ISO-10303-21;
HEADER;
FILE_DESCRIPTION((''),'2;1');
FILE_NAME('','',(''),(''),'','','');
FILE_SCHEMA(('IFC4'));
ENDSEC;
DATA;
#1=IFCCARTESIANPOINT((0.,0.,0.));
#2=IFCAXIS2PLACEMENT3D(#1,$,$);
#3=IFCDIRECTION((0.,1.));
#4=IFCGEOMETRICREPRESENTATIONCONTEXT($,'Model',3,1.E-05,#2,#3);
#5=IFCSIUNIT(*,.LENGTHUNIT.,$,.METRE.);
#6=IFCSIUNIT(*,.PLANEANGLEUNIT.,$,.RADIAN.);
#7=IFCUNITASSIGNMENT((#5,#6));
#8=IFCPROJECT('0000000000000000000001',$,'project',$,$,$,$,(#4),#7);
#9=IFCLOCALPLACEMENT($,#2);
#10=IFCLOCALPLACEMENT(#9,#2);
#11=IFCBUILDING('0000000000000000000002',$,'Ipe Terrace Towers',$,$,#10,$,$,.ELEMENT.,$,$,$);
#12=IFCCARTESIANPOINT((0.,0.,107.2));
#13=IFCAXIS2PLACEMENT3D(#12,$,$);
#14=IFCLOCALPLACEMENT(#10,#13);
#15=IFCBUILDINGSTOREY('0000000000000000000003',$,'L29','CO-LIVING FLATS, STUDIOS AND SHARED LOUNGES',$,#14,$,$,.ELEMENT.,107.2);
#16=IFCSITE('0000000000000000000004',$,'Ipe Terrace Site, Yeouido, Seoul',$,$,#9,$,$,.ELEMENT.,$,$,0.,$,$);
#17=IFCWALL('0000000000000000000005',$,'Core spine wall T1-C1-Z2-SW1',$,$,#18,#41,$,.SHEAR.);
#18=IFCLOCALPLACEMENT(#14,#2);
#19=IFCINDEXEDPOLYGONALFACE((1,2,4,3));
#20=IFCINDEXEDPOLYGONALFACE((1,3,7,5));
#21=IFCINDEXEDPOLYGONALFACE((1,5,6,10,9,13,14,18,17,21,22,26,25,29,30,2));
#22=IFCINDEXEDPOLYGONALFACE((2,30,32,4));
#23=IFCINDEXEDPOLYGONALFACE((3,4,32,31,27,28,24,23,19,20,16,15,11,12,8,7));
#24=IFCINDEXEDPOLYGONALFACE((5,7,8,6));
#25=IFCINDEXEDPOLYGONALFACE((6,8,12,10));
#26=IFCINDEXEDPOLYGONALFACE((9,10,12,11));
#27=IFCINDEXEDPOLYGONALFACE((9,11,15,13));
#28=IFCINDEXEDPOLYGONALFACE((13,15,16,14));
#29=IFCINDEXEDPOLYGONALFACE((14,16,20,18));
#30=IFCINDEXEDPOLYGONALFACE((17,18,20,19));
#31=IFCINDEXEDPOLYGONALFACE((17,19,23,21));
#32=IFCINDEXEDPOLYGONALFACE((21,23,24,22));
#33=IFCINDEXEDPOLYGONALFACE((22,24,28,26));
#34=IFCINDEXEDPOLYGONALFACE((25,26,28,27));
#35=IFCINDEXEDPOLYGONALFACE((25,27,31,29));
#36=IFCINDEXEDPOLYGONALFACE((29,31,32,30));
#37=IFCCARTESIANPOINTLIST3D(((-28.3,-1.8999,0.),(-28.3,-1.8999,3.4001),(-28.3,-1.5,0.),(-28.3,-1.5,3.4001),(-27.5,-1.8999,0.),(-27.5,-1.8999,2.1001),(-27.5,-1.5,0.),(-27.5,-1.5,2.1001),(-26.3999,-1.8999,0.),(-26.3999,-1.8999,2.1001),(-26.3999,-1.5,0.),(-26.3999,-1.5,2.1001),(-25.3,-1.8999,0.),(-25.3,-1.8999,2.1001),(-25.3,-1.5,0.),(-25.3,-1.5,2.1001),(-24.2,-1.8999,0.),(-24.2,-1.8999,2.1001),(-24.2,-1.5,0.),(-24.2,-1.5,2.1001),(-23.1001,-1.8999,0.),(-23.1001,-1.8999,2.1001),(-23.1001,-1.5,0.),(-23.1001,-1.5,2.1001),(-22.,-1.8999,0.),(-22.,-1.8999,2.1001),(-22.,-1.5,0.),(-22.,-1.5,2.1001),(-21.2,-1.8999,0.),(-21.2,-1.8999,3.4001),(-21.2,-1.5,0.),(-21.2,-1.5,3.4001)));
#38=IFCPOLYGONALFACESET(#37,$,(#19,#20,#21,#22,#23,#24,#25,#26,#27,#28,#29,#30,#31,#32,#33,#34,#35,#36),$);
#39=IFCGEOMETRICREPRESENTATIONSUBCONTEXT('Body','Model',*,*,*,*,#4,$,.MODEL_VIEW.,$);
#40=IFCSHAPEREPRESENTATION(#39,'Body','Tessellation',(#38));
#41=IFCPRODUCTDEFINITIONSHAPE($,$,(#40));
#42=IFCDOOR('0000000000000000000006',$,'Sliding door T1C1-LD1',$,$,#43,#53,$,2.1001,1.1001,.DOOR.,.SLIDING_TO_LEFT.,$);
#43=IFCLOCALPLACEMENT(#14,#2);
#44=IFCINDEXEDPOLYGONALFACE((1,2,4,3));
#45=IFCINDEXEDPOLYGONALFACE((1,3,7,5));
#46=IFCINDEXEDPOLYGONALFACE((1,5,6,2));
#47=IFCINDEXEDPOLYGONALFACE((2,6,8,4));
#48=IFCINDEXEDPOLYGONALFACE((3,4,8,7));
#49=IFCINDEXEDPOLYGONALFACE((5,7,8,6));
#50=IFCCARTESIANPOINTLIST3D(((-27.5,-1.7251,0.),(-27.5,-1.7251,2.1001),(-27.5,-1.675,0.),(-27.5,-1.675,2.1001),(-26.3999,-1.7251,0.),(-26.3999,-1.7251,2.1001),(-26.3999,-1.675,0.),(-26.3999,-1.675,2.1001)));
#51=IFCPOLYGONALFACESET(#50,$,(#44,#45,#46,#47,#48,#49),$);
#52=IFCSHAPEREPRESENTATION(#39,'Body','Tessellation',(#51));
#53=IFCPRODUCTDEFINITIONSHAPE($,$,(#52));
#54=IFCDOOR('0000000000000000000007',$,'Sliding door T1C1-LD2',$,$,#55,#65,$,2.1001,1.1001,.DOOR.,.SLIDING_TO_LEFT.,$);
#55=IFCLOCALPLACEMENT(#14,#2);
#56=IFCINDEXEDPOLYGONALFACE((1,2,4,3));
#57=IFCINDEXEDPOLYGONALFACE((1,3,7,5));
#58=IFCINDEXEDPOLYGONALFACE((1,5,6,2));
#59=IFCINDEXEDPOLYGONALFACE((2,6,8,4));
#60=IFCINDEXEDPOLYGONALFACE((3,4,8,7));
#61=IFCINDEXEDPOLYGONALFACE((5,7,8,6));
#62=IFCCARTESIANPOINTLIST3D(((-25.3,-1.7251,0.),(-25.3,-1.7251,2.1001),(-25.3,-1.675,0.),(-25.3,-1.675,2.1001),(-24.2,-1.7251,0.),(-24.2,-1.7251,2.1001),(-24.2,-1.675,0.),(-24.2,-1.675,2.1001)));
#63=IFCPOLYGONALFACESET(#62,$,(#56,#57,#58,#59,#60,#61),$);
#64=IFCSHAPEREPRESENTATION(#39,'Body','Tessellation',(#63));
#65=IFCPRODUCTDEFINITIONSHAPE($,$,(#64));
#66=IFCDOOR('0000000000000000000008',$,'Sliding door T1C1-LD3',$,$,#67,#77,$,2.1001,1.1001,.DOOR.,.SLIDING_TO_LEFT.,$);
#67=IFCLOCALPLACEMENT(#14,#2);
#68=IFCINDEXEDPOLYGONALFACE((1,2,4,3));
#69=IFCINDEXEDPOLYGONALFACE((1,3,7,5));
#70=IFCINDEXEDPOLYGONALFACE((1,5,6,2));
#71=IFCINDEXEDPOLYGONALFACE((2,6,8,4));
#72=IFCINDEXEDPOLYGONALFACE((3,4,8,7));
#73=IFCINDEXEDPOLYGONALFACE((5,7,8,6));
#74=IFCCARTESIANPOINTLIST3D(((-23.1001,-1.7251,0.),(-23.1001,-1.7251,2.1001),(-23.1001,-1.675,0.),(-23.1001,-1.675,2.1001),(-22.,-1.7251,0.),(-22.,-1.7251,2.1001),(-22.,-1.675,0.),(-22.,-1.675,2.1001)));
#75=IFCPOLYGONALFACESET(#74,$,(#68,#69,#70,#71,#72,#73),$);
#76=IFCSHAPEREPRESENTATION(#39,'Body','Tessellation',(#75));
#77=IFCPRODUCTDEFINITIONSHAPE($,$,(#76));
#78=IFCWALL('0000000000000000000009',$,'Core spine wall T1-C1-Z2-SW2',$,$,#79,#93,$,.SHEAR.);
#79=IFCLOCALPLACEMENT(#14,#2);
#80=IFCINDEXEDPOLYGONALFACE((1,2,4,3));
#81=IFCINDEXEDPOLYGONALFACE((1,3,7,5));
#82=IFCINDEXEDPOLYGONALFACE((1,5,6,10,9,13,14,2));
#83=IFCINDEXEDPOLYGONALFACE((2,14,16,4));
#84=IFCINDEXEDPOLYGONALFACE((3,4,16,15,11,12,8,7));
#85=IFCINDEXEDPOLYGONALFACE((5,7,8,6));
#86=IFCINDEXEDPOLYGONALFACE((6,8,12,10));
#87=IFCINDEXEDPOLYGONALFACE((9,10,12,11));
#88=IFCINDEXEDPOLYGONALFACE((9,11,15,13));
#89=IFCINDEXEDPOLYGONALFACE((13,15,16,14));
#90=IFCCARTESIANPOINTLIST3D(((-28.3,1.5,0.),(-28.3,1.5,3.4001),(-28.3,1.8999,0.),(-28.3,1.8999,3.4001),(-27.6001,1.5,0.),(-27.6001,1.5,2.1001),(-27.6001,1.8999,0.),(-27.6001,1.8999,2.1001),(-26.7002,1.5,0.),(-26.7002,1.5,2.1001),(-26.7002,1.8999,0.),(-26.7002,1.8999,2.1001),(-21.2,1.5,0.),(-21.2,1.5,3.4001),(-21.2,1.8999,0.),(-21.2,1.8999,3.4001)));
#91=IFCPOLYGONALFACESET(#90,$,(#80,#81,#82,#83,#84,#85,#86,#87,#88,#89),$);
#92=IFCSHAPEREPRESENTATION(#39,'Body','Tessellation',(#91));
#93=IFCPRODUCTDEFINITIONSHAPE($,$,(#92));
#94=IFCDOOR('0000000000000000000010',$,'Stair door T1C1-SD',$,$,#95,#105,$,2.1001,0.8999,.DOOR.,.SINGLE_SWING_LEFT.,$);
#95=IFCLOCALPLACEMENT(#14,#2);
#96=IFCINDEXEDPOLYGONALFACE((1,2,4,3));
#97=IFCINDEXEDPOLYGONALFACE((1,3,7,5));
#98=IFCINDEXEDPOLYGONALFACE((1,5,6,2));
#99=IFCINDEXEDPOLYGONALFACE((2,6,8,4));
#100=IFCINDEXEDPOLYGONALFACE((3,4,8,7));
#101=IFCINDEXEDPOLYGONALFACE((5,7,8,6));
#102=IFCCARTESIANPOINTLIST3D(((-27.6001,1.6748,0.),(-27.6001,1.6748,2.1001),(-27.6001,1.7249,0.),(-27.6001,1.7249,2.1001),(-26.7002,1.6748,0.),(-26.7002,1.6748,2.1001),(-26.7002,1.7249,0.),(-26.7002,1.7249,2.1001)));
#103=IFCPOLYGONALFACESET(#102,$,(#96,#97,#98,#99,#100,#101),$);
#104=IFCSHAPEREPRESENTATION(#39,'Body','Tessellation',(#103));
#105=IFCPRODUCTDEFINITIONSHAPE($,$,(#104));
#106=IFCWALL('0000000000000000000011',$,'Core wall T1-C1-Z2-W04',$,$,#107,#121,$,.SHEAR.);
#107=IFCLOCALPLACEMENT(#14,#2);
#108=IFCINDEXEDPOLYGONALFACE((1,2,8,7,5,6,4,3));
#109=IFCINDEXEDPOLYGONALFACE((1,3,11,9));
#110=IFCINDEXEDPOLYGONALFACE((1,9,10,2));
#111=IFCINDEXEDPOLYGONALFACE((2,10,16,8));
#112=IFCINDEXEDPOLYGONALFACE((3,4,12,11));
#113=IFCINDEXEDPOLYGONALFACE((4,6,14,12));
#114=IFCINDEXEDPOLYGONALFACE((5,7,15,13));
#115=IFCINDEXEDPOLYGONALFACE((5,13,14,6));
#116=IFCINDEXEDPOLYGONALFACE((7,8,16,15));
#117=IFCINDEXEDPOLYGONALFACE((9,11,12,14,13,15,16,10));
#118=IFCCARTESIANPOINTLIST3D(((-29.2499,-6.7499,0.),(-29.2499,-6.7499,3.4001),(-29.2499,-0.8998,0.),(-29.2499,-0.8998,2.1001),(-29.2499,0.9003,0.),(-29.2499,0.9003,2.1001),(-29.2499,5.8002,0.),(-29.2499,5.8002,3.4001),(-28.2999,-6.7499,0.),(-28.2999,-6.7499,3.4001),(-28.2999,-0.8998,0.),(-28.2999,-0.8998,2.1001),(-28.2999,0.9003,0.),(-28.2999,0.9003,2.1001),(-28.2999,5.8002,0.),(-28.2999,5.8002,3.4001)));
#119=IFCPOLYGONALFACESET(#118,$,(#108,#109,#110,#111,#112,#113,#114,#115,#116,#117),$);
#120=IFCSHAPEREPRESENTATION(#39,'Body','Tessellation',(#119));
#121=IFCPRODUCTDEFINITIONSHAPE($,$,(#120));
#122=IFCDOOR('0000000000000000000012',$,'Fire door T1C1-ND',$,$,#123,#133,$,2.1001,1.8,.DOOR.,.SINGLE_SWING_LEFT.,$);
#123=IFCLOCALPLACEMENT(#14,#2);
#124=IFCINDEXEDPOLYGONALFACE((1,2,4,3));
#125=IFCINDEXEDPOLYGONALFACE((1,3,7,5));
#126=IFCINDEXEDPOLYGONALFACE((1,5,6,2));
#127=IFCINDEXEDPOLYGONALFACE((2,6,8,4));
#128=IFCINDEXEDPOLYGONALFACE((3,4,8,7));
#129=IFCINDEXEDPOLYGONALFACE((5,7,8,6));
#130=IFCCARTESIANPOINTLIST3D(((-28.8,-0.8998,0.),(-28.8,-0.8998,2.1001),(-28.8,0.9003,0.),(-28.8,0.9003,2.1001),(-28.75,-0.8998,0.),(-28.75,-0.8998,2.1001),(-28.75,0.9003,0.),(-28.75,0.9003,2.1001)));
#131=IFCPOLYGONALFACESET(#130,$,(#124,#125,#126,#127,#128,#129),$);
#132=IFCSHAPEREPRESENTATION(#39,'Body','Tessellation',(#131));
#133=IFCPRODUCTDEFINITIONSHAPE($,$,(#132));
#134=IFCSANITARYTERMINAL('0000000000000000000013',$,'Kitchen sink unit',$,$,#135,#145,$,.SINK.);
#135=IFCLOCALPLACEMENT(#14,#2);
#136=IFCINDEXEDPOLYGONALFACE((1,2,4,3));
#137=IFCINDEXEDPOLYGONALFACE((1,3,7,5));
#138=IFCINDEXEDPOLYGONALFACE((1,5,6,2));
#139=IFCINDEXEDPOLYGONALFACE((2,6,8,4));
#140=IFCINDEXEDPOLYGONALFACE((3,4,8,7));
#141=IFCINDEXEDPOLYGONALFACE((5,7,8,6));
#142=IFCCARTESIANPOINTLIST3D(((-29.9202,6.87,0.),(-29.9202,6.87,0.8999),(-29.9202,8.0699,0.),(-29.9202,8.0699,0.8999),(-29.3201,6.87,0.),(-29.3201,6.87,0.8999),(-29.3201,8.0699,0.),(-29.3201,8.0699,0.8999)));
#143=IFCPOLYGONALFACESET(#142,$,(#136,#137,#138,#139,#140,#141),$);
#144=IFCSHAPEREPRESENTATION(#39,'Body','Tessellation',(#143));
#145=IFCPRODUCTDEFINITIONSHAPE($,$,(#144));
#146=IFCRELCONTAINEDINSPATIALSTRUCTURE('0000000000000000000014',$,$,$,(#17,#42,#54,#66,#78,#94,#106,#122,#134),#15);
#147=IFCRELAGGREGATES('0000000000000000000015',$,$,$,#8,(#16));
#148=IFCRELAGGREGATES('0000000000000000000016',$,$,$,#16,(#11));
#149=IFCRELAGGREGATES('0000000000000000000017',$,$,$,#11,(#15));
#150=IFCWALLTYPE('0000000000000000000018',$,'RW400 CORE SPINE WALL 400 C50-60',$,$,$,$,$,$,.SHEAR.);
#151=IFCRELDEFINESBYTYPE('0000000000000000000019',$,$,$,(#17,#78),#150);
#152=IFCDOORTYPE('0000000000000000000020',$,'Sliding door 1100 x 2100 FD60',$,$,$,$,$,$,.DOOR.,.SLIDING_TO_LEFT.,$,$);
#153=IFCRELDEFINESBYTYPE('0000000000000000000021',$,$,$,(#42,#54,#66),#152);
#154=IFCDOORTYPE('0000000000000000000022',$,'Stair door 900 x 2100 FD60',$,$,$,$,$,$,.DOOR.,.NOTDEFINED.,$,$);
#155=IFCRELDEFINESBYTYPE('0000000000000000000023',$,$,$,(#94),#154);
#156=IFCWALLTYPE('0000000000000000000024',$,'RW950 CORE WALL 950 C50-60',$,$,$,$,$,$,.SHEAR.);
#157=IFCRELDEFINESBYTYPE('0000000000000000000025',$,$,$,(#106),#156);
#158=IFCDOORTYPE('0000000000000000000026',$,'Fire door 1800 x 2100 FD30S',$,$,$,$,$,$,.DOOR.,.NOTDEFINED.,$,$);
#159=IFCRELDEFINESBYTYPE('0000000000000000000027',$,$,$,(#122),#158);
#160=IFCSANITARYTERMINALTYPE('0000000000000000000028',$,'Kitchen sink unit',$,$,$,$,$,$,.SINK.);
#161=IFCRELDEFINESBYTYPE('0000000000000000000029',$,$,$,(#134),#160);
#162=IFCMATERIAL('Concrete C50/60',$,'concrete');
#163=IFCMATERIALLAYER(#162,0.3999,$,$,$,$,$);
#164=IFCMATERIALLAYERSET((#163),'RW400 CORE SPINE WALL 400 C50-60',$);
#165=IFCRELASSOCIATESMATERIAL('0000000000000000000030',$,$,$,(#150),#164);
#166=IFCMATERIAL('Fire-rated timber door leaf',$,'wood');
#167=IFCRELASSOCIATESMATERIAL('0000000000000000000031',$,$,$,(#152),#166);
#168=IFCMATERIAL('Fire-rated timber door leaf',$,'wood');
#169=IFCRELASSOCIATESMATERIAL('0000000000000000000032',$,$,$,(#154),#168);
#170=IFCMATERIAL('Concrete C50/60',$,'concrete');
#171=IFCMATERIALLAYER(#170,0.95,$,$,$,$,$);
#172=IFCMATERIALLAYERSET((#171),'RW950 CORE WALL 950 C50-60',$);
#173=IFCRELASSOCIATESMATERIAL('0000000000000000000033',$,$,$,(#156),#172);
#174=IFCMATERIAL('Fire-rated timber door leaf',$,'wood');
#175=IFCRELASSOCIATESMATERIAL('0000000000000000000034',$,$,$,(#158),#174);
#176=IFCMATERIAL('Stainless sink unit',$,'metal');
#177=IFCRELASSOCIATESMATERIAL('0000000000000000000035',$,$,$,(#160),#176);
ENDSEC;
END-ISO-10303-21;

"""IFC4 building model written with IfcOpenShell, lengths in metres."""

from ifc_helpers import new_model, si_unit, direction, frame, frame_2d, origin, origin_2d, place, context, subcontext, project, spatial, rectangle, extrude, material, layer, layer_set, type_object, element, fill, save


model = new_model("IFC4")

# Units and contexts
model_context = context("Model", 3, precision=1e-05, world=origin(), true_north=direction((0.0, 1.0)))
body_context = subcontext(model_context, "Body", "Model", "MODEL_VIEW")
ifc_project = project(units=[si_unit("LENGTHUNIT", "METRE"), si_unit("PLANEANGLEUNIT", "RADIAN")], contexts=[model_context])

# Site, building, storey
site_placement = place(None, origin())
site = spatial("IfcSite", under=ifc_project, at=site_placement, Name="Ipe Terrace Site, Yeouido, Seoul", CompositionType="ELEMENT", RefElevation=0.0)
building_placement = place(site_placement, origin())
building = spatial("IfcBuilding", under=site, at=building_placement, Name="Ipe Terrace Towers", CompositionType="ELEMENT")
storey_placement = place(building_placement, frame((0.0, 0.0, 107.2)))
storey = spatial("IfcBuildingStorey", under=building, at=storey_placement, Name="L29", Description="CO-LIVING FLATS, STUDIOS AND SHARED LOUNGES", CompositionType="ELEMENT", Elevation=107.2)

# Wall, openings, doors
ifc_material_1 = material(Name="Concrete C50/60", Category="concrete")
ifc_layer_1 = layer(ifc_material_1, 0.3999)
ifc_layer_set_1 = layer_set([ifc_layer_1], Name="RW400 CORE SPINE WALL 400 C50-60")
wall_type_1 = type_object("IfcWallType", Name="RW400 CORE SPINE WALL 400 C50-60", PredefinedType="SHEAR", material=ifc_layer_set_1)
wall_1_placement = place(storey_placement, frame((-28.3, -1.7, 0.0), z_axis=(0.0, 0.0, 1.0), x_axis=(1.0, 0.0, 0.0)))
wall_1 = element("IfcWall", 1, at=wall_1_placement, inside=storey, type_object=wall_type_1, Name="Core spine wall T1-C1-Z2-SW1", PredefinedType="SHEAR", context=body_context, shape_type="SweptSolid", body=[
    extrude(rectangle(XDim=7.1001, YDim=0.3999, at=frame_2d((3.55, 0.0))), origin(), (0.0, 0.0, 1.0), 3.4001),
])
opening_1_placement = place(wall_1_placement, frame((0.8, 0.0, 0.0)))
opening_1 = element("IfcOpeningElement", 2, at=opening_1_placement, cuts=wall_1, PredefinedType="OPENING", context=body_context, shape_type="SweptSolid", body=[
    extrude(rectangle(XDim=1.1001, YDim=2.1001, at=frame_2d((0.55, 1.05))), frame((0.0, 0.21, 0.0), z_axis=(0.0, -1.0, 0.0), x_axis=(1.0, 0.0, 0.0)), (0.0, 0.0, 1.0), 0.4199),
])
opening_2_placement = place(wall_1_placement, frame((3.0, 0.0, 0.0)))
opening_2 = element("IfcOpeningElement", 3, at=opening_2_placement, cuts=wall_1, PredefinedType="OPENING", context=body_context, shape_type="SweptSolid", body=[
    extrude(rectangle(XDim=1.1001, YDim=2.1001, at=frame_2d((0.55, 1.05))), frame((0.0, 0.21, 0.0), z_axis=(0.0, -1.0, 0.0), x_axis=(1.0, 0.0, 0.0)), (0.0, 0.0, 1.0), 0.4199),
])
opening_3_placement = place(wall_1_placement, frame((5.2, 0.0, 0.0)))
opening_3 = element("IfcOpeningElement", 4, at=opening_3_placement, cuts=wall_1, PredefinedType="OPENING", context=body_context, shape_type="SweptSolid", body=[
    extrude(rectangle(XDim=1.1001, YDim=2.1001, at=frame_2d((0.55, 1.05))), frame((0.0, 0.21, 0.0), z_axis=(0.0, -1.0, 0.0), x_axis=(1.0, 0.0, 0.0)), (0.0, 0.0, 1.0), 0.4199),
])
ifc_material_2 = material(Name="Fire-rated timber door leaf", Category="wood")
door_type_1 = type_object("IfcDoorType", Name="Sliding door 1100 x 2100 FD60", OperationType="SLIDING_TO_LEFT", PredefinedType="DOOR", material=ifc_material_2)
door_1_placement = place(opening_1_placement, origin())
door_1 = element("IfcDoor", 5, at=door_1_placement, inside=storey, type_object=door_type_1, Name="Sliding door T1C1-LD1", OperationType="SLIDING_TO_LEFT", OverallHeight=2.1001, OverallWidth=1.1001, PredefinedType="DOOR", context=body_context, shape_type="SweptSolid", body=[
    extrude(rectangle(XDim=1.1001, YDim=2.1001, at=frame_2d((0.55, 1.05))), frame((0.0, 0.0249, 0.0), z_axis=(0.0, -1.0, 0.0), x_axis=(1.0, 0.0, 0.0)), (0.0, 0.0, 1.0), 0.05),
])
fill(opening_1, door_1)
door_2_placement = place(opening_2_placement, origin())
door_2 = element("IfcDoor", 6, at=door_2_placement, inside=storey, type_object=door_type_1, Name="Sliding door T1C1-LD2", OperationType="SLIDING_TO_LEFT", OverallHeight=2.1001, OverallWidth=1.1001, PredefinedType="DOOR", context=body_context, shape_type="SweptSolid", body=[
    extrude(rectangle(XDim=1.1001, YDim=2.1001, at=frame_2d((0.55, 1.05))), frame((0.0, 0.0249, 0.0), z_axis=(0.0, -1.0, 0.0), x_axis=(1.0, 0.0, 0.0)), (0.0, 0.0, 1.0), 0.05),
])
fill(opening_2, door_2)
door_3_placement = place(opening_3_placement, origin())
door_3 = element("IfcDoor", 7, at=door_3_placement, inside=storey, type_object=door_type_1, Name="Sliding door T1C1-LD3", OperationType="SLIDING_TO_LEFT", OverallHeight=2.1001, OverallWidth=1.1001, PredefinedType="DOOR", context=body_context, shape_type="SweptSolid", body=[
    extrude(rectangle(XDim=1.1001, YDim=2.1001, at=frame_2d((0.55, 1.05))), frame((0.0, 0.0249, 0.0), z_axis=(0.0, -1.0, 0.0), x_axis=(1.0, 0.0, 0.0)), (0.0, 0.0, 1.0), 0.05),
])
fill(opening_3, door_3)

# Walls, openings, doors
wall_2_placement = place(storey_placement, frame((-28.3, 1.7, 0.0), z_axis=(0.0, 0.0, 1.0), x_axis=(1.0, 0.0, 0.0)))
wall_2 = element("IfcWall", 8, at=wall_2_placement, inside=storey, type_object=wall_type_1, Name="Core spine wall T1-C1-Z2-SW2", PredefinedType="SHEAR", context=body_context, shape_type="SweptSolid", body=[
    extrude(rectangle(XDim=7.1001, YDim=0.3999, at=frame_2d((3.55, 0.0))), origin(), (0.0, 0.0, 1.0), 3.4001),
])
opening_4_placement = place(wall_2_placement, frame((0.7, 0.0, 0.0)))
opening_4 = element("IfcOpeningElement", 9, at=opening_4_placement, cuts=wall_2, PredefinedType="OPENING", context=body_context, shape_type="SweptSolid", body=[
    extrude(rectangle(XDim=0.8999, YDim=2.1001, at=frame_2d((0.45, 1.05))), frame((0.0, 0.21, 0.0), z_axis=(0.0, -1.0, 0.0), x_axis=(1.0, 0.0, 0.0)), (0.0, 0.0, 1.0), 0.4199),
])
ifc_material_3 = material(Name="Fire-rated timber door leaf", Category="wood")
door_type_2 = type_object("IfcDoorType", Name="Stair door 900 x 2100 FD60", OperationType="NOTDEFINED", PredefinedType="DOOR", material=ifc_material_3)
door_4_placement = place(opening_4_placement, origin())
door_4 = element("IfcDoor", 10, at=door_4_placement, inside=storey, type_object=door_type_2, Name="Stair door T1C1-SD", OperationType="SINGLE_SWING_LEFT", OverallHeight=2.1001, OverallWidth=0.8999, PredefinedType="DOOR", context=body_context, shape_type="SweptSolid", body=[
    extrude(rectangle(XDim=0.8999, YDim=2.1001, at=frame_2d((0.45, 1.05))), frame((0.0, 0.0249, 0.0), z_axis=(0.0, -1.0, 0.0), x_axis=(1.0, 0.0, 0.0)), (0.0, 0.0, 1.0), 0.05),
])
fill(opening_4, door_4)
ifc_material_4 = material(Name="Concrete C50/60", Category="concrete")
ifc_layer_2 = layer(ifc_material_4, 0.95)
ifc_layer_set_2 = layer_set([ifc_layer_2], Name="RW950 CORE WALL 950 C50-60")
wall_type_2 = type_object("IfcWallType", Name="RW950 CORE WALL 950 C50-60", PredefinedType="SHEAR", material=ifc_layer_set_2)
wall_3_placement = place(storey_placement, frame((-28.7749, 5.8, 0.0), z_axis=(0.0, 0.0, 1.0), x_axis=(0.0, -1.0, 0.0)))
wall_3 = element("IfcWall", 11, at=wall_3_placement, inside=storey, type_object=wall_type_2, Name="Core wall T1-C1-Z2-W04", PredefinedType="SHEAR", context=body_context, shape_type="SweptSolid", body=[
    extrude(rectangle(XDim=12.55, YDim=0.95, at=frame_2d((6.2749, 0.0))), origin(), (0.0, 0.0, 1.0), 3.4001),
])
opening_5_placement = place(wall_3_placement, frame((4.8999, 0.0, 0.0)))
opening_5 = element("IfcOpeningElement", 12, at=opening_5_placement, cuts=wall_3, PredefinedType="OPENING", context=body_context, shape_type="SweptSolid", body=[
    extrude(rectangle(XDim=1.8, YDim=2.1001, at=frame_2d((0.8999, 1.05))), frame((0.0, 0.4849, 0.0), z_axis=(0.0, -1.0, 0.0), x_axis=(1.0, 0.0, 0.0)), (0.0, 0.0, 1.0), 0.97),
])
ifc_material_5 = material(Name="Fire-rated timber door leaf", Category="wood")
door_type_3 = type_object("IfcDoorType", Name="Fire door 1800 x 2100 FD30S", OperationType="NOTDEFINED", PredefinedType="DOOR", material=ifc_material_5)
door_5_placement = place(opening_5_placement, origin())
door_5 = element("IfcDoor", 13, at=door_5_placement, inside=storey, type_object=door_type_3, Name="Fire door T1C1-ND", OperationType="SINGLE_SWING_LEFT", OverallHeight=2.1001, OverallWidth=1.8, PredefinedType="DOOR", context=body_context, shape_type="SweptSolid", body=[
    extrude(rectangle(XDim=1.8, YDim=2.1001, at=frame_2d((0.8999, 1.05))), frame((0.0, 0.0249, 0.0), z_axis=(0.0, -1.0, 0.0), x_axis=(1.0, 0.0, 0.0)), (0.0, 0.0, 1.0), 0.05),
])
fill(opening_5, door_5)

# Sanitary terminal
ifc_material_6 = material(Name="Stainless sink unit", Category="metal")
sanitary_terminal_type = type_object("IfcSanitaryTerminalType", Name="Kitchen sink unit", PredefinedType="SINK", material=ifc_material_6)
sanitary_terminal_placement = place(storey_placement, frame((-29.6201, 7.47, 0.0), z_axis=(0.0, 0.0, 1.0), x_axis=(0.0, -1.0, 0.0)))
element("IfcSanitaryTerminal", 14, at=sanitary_terminal_placement, inside=storey, type_object=sanitary_terminal_type, Name="Kitchen sink unit", PredefinedType="SINK", context=body_context, shape_type="SweptSolid", body=[
    extrude(rectangle(XDim=1.2, YDim=0.6001, at=origin_2d()), origin(), (0.0, 0.0, 1.0), 0.8999),
])

save(model, "model.ifc")
